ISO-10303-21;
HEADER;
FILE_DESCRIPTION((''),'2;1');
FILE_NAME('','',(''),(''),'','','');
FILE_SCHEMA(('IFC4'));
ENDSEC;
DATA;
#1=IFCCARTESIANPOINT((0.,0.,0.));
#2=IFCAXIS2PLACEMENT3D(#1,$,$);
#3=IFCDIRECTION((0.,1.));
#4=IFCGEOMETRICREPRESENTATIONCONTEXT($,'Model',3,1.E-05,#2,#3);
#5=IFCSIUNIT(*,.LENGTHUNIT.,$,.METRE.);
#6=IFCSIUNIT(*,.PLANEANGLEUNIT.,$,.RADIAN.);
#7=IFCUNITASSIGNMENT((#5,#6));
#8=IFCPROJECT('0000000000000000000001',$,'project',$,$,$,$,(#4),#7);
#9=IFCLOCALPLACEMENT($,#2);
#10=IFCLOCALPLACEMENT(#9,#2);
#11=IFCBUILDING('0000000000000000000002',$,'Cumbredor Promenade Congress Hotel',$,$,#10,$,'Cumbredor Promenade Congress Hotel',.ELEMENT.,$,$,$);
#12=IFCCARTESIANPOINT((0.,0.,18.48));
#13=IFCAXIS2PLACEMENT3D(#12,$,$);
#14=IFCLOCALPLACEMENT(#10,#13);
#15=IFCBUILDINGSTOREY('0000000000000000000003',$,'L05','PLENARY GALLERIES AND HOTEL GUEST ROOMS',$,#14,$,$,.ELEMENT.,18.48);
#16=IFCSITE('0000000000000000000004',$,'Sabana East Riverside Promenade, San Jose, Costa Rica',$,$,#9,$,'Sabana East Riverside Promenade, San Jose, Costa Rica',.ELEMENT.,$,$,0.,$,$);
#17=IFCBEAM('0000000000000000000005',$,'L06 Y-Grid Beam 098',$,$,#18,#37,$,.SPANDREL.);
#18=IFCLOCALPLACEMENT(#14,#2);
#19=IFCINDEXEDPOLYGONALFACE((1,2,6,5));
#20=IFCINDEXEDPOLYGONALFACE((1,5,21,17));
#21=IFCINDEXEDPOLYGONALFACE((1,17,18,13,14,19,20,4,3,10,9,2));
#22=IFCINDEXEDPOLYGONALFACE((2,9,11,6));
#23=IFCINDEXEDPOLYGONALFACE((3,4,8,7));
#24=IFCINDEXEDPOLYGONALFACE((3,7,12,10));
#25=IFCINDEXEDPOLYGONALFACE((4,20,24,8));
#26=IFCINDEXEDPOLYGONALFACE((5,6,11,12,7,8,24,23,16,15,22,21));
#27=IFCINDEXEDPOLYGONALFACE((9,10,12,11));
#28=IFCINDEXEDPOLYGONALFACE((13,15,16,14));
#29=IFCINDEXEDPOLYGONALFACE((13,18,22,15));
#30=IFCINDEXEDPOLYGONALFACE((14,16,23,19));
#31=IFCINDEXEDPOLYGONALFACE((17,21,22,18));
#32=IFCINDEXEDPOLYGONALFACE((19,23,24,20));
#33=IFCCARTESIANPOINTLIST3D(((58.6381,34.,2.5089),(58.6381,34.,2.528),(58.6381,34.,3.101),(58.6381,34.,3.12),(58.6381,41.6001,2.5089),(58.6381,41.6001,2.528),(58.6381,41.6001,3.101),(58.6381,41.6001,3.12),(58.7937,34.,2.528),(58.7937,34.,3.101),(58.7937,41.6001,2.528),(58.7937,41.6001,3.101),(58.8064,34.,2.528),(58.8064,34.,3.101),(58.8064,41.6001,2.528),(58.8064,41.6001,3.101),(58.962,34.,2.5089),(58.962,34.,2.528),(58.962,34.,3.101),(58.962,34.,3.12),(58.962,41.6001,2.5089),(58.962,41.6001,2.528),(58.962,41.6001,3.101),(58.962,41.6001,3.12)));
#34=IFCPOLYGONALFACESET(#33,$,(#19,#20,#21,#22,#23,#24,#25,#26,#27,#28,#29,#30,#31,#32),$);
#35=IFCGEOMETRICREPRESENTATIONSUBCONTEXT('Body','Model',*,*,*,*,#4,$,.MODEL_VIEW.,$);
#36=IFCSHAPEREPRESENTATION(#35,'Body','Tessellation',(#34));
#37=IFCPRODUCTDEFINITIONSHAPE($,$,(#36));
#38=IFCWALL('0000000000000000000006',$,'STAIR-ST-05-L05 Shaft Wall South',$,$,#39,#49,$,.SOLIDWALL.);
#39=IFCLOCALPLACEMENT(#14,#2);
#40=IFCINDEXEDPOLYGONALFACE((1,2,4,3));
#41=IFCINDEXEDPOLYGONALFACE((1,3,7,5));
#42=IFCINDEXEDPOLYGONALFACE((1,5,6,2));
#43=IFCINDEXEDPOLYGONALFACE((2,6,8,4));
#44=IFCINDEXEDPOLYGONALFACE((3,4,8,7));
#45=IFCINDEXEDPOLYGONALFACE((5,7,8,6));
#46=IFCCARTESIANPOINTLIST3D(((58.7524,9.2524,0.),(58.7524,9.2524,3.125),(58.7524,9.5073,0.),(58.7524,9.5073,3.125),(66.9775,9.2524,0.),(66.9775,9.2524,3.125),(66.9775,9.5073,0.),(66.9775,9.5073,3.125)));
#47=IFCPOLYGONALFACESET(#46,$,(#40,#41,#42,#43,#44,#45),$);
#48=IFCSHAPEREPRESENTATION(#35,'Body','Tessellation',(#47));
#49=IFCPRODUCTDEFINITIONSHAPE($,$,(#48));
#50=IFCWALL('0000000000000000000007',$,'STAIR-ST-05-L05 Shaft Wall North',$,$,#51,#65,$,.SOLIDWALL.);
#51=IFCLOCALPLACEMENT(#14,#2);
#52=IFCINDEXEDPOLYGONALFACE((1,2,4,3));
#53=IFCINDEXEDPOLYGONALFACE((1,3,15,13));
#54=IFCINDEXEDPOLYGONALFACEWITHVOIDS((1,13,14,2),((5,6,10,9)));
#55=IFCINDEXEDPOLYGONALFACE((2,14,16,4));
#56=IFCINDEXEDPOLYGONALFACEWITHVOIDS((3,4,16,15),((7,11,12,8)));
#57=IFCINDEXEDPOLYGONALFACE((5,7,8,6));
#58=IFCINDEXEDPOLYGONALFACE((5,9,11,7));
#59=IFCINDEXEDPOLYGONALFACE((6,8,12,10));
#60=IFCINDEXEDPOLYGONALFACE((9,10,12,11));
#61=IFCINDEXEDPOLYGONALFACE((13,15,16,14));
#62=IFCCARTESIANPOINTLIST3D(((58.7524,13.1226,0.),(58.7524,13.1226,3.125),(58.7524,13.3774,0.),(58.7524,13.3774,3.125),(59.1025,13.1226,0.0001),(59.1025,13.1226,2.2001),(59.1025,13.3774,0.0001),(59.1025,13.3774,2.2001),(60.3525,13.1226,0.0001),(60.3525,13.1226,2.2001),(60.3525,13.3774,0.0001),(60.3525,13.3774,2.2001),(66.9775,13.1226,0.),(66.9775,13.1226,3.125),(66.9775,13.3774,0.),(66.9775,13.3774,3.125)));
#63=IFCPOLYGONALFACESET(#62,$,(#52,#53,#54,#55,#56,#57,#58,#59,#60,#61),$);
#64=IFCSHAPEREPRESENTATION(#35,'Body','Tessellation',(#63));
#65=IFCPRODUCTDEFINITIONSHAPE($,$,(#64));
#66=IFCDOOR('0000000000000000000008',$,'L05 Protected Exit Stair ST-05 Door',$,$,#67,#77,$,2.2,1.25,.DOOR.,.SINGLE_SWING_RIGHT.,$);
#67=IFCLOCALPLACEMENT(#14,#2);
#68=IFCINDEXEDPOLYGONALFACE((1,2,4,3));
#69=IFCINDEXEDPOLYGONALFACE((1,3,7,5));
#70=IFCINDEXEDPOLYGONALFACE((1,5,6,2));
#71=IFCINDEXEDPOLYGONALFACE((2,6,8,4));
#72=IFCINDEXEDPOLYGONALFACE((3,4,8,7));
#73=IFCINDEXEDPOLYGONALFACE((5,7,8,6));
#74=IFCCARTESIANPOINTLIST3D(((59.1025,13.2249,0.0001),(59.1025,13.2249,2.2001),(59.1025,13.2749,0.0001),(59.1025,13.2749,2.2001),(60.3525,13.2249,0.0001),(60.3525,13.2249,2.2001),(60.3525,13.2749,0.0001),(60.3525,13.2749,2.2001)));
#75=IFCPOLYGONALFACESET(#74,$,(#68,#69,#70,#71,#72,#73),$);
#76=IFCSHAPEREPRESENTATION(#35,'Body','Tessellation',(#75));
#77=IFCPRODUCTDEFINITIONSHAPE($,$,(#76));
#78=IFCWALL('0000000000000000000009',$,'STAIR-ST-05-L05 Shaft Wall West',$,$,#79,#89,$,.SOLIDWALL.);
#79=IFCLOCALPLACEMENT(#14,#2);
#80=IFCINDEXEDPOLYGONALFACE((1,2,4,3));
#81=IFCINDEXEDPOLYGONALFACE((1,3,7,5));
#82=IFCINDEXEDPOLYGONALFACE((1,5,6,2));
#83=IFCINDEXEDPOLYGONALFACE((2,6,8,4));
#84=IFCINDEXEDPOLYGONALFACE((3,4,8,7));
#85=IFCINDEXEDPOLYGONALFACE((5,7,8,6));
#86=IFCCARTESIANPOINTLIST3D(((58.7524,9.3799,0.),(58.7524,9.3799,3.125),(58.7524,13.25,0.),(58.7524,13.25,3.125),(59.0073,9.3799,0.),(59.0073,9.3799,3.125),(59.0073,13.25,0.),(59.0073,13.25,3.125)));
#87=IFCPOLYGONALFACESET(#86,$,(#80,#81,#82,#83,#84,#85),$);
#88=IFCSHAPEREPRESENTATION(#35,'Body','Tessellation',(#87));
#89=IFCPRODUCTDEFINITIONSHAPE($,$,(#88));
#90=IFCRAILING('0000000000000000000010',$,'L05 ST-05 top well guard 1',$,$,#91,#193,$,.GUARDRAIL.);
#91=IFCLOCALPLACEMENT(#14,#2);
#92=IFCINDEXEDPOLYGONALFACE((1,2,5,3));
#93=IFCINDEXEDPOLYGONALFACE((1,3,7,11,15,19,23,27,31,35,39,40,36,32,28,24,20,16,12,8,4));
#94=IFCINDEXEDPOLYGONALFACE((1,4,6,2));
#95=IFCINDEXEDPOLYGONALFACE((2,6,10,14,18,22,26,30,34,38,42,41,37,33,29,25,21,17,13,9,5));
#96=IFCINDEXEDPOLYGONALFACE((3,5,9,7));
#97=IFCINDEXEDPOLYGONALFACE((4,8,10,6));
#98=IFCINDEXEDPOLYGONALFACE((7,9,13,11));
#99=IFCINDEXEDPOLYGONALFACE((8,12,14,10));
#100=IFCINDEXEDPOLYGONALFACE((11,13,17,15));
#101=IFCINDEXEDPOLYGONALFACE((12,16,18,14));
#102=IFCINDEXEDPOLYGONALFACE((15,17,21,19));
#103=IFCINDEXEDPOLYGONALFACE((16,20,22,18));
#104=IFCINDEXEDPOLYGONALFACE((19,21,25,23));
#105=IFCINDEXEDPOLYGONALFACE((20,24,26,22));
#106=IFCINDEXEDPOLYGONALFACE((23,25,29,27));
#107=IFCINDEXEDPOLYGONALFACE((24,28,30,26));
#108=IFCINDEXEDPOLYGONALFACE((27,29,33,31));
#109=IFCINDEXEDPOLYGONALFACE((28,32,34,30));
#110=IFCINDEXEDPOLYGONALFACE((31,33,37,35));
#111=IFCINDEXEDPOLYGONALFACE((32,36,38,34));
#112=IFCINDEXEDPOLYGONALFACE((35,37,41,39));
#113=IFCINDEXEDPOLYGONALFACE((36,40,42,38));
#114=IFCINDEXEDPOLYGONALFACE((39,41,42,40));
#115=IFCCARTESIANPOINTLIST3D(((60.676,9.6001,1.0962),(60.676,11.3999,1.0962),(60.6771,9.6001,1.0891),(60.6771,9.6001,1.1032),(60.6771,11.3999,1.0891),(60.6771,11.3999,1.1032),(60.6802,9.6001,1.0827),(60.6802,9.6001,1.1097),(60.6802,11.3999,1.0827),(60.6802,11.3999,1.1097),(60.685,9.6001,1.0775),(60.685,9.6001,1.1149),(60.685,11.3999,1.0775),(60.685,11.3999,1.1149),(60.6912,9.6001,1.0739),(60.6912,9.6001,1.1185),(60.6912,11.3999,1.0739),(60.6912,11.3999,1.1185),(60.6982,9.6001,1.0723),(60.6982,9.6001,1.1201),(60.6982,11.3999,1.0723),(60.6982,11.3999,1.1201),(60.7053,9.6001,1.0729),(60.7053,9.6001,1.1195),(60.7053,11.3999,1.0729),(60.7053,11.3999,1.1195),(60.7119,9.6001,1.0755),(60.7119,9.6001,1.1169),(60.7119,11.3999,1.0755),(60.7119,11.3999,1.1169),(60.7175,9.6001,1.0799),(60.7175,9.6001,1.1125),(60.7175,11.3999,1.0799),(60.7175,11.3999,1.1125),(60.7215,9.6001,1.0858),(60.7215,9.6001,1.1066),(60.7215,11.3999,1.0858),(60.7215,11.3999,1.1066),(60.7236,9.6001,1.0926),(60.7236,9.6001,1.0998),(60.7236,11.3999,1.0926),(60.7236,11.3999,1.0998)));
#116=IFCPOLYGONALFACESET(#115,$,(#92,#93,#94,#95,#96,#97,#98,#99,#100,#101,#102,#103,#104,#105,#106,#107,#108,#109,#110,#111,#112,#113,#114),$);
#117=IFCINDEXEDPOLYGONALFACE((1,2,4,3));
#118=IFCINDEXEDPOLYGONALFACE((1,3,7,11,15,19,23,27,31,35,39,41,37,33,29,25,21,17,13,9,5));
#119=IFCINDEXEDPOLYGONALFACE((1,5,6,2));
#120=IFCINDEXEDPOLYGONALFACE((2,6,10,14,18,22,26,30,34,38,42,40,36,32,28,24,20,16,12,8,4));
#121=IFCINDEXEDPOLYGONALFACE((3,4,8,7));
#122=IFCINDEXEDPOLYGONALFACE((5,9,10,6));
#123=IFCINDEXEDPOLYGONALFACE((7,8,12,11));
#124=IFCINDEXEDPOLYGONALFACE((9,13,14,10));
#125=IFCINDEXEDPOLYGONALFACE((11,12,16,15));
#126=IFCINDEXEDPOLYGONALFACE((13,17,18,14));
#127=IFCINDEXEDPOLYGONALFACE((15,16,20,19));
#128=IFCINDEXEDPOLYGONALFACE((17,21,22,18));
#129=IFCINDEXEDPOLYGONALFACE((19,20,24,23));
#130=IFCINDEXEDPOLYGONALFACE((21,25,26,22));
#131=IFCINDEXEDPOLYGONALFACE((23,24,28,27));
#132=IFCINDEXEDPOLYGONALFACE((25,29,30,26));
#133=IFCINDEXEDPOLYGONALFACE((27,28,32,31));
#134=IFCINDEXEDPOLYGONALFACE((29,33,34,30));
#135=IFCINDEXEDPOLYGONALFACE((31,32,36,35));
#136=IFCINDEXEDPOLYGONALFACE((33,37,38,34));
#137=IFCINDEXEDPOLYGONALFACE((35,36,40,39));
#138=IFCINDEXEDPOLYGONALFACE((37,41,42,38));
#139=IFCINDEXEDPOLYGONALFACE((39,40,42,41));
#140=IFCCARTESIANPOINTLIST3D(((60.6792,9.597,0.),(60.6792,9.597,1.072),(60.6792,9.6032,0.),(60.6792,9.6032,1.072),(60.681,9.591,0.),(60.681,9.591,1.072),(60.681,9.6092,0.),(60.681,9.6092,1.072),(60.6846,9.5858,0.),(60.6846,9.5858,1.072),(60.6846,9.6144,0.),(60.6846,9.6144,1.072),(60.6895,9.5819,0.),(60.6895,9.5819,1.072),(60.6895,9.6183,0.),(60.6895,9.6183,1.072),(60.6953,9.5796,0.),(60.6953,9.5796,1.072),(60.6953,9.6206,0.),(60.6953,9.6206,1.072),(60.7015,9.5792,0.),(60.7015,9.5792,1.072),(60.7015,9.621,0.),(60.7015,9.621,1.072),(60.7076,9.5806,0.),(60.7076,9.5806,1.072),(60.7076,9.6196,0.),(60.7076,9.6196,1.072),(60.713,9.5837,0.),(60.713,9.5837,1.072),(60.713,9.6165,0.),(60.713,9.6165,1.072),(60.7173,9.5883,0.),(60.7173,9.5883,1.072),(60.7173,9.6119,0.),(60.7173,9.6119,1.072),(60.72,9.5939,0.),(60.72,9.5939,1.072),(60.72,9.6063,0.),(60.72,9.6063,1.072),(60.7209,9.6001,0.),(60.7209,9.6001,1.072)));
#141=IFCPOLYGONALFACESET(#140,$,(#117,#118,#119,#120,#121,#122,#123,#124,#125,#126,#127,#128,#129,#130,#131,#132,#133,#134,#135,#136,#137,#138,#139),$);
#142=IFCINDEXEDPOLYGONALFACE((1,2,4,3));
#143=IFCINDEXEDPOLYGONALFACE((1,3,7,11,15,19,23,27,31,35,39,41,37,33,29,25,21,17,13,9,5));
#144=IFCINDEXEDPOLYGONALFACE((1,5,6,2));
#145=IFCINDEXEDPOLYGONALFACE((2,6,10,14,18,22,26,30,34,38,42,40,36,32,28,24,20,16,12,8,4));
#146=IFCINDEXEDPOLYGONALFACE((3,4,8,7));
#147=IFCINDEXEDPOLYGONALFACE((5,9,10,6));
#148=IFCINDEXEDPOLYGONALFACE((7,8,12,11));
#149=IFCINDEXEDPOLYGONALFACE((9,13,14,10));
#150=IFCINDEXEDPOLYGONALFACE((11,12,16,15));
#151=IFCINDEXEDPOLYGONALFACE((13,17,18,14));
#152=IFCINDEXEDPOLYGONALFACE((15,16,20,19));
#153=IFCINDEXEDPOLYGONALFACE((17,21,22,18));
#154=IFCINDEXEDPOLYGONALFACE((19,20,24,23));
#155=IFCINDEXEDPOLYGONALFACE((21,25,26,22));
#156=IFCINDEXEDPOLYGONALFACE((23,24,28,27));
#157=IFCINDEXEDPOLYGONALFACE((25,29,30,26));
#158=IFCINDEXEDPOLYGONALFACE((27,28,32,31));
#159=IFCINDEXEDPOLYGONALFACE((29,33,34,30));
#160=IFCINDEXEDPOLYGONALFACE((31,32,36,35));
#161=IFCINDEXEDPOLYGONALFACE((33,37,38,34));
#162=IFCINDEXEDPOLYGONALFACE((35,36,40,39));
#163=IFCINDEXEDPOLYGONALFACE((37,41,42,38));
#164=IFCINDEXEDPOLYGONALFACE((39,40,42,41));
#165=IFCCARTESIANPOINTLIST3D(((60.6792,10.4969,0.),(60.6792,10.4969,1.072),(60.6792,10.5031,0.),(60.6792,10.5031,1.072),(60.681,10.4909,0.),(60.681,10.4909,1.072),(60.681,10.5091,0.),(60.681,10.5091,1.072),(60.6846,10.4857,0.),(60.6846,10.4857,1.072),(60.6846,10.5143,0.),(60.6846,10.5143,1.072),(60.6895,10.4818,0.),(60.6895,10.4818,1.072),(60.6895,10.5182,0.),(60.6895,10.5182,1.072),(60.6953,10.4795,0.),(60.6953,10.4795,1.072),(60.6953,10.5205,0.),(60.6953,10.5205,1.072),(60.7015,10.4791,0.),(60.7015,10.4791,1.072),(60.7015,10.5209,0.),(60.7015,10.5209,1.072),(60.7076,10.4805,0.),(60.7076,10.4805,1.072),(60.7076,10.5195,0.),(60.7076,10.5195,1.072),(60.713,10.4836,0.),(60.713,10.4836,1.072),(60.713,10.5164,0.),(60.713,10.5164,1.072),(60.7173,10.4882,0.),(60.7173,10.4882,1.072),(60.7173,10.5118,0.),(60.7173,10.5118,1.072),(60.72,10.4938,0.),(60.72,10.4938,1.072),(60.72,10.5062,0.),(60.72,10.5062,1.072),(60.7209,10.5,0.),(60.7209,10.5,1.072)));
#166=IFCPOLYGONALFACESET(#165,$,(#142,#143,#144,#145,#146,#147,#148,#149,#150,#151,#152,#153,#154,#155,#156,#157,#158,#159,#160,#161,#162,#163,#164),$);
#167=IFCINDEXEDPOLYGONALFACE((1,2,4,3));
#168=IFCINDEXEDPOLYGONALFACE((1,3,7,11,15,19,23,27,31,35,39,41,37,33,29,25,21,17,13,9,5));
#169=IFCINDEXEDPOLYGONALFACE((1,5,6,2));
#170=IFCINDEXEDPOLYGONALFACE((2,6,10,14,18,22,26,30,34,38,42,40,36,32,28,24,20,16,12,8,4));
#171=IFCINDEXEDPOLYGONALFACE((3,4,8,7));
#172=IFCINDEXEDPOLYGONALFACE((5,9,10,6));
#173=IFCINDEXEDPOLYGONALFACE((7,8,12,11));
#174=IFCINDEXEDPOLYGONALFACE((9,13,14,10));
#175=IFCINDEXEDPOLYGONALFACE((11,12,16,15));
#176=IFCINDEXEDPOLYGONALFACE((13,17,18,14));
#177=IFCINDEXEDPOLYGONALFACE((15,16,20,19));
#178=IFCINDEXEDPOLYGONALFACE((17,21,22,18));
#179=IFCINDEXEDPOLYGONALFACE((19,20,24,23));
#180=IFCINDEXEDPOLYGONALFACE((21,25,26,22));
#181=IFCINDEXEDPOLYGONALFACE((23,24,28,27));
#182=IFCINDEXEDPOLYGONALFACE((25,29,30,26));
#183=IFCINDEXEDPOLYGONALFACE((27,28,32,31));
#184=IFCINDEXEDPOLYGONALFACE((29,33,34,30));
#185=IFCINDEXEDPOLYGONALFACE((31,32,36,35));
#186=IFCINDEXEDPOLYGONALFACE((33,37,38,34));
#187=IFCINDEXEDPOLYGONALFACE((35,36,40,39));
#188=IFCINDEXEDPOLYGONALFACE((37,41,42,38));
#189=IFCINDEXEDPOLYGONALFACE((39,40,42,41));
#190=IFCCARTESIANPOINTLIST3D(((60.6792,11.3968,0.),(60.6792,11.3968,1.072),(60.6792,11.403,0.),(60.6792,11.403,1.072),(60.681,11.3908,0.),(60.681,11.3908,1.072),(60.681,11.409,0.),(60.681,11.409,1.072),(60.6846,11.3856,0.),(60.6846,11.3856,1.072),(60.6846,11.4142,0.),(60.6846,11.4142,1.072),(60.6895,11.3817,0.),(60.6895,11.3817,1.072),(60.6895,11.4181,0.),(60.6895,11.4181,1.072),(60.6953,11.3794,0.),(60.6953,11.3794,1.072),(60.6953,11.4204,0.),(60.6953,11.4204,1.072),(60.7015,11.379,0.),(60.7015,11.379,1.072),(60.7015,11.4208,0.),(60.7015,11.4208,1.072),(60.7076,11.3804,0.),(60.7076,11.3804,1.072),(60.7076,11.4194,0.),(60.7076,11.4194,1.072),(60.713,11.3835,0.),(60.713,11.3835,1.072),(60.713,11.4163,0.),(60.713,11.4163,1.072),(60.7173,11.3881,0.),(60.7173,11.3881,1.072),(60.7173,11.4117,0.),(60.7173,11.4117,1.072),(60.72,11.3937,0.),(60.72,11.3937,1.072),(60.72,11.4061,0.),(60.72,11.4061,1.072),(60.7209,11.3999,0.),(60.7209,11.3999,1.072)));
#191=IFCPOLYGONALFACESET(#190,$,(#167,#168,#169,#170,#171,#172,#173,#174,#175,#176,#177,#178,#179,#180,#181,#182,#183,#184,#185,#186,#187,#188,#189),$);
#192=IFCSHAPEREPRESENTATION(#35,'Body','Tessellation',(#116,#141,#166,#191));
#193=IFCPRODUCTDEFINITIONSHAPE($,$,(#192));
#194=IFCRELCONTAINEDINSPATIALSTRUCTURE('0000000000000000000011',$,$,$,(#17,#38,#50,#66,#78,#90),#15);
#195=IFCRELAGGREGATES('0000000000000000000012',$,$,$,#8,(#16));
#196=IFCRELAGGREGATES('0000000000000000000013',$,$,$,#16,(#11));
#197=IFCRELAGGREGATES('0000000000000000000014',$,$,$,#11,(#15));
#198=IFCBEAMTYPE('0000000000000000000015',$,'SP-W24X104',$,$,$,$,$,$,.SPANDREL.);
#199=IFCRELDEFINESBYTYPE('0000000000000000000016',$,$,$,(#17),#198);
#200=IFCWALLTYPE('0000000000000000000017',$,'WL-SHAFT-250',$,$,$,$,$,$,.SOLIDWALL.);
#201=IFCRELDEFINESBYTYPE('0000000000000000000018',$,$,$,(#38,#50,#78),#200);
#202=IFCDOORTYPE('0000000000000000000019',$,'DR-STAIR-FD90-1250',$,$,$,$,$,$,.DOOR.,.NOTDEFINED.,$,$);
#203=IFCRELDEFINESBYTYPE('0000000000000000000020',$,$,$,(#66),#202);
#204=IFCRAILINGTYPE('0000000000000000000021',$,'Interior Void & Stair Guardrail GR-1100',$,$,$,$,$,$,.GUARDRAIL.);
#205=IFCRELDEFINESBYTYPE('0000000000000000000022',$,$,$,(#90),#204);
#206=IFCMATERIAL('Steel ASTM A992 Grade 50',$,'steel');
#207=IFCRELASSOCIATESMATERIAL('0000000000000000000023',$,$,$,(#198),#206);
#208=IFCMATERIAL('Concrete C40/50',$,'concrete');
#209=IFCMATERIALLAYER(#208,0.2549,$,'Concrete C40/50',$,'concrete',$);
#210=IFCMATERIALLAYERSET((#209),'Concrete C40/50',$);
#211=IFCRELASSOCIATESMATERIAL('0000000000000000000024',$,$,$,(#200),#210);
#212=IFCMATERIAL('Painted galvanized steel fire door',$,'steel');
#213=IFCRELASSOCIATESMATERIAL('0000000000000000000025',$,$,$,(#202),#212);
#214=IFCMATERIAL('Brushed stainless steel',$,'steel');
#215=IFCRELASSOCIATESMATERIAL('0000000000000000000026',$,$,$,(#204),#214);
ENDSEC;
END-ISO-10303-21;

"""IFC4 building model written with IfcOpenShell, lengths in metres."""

from ifc_helpers import new_model, si_unit, direction, frame, frame_2d, origin, origin_2d, place, context, subcontext, project, spatial, rectangle, circle, i_section, extrude, material, layer, layer_set, material_profile, profile_set, type_object, element, fill, save


model = new_model("IFC4")

# Units and contexts
model_context = context("Model", 3, precision=1e-05, world=origin(), true_north=direction((0.0, 1.0)))
body_context = subcontext(model_context, "Body", "Model", "MODEL_VIEW")
ifc_project = project(units=[si_unit("LENGTHUNIT", "METRE"), si_unit("PLANEANGLEUNIT", "RADIAN")], contexts=[model_context])

# Site, building, storey
site_placement = place(None, origin())
site = spatial("IfcSite", under=ifc_project, at=site_placement, Name="Sabana East Riverside Promenade, San Jose, Costa Rica", LongName="Sabana East Riverside Promenade, San Jose, Costa Rica", CompositionType="ELEMENT", RefElevation=0.0)
building_placement = place(site_placement, origin())
building = spatial("IfcBuilding", under=site, at=building_placement, Name="Cumbredor Promenade Congress Hotel", LongName="Cumbredor Promenade Congress Hotel", CompositionType="ELEMENT")
storey_placement = place(building_placement, frame((0.0, 0.0, 18.48)))
storey = spatial("IfcBuildingStorey", under=building, at=storey_placement, Name="L05", Description="PLENARY GALLERIES AND HOTEL GUEST ROOMS", CompositionType="ELEMENT", Elevation=18.48)

# Beam
ifc_material_1 = material(Name="Concrete C40/50", Category="concrete")
ifc_material_2 = material(Name="Steel ASTM A992 Grade 50", Category="steel")
ifc_material_profile_1 = material_profile(ifc_material_2, i_section(OverallWidth=0.324, OverallDepth=0.6111, WebThickness=0.0127, FlangeThickness=0.019, at=origin_2d()), Name="W24X104")
ifc_profile_set_1 = profile_set([ifc_material_profile_1], Name="Steel ASTM A992 Grade 50")
beam_type_1 = type_object("IfcBeamType", Name="SP-W24X104", PredefinedType="SPANDREL", material=ifc_profile_set_1)
beam_1_placement = place(storey_placement, frame((58.8, 34.0, 2.8145), z_axis=(0.0, 1.0, 0.0), x_axis=(-1.0, 0.0, 0.0)))
element("IfcBeam", 1, at=beam_1_placement, inside=storey, type_object=beam_type_1, Name="L06 Y-Grid Beam 098", PredefinedType="SPANDREL", context=body_context, shape_type="SweptSolid", body=[
    extrude(i_section(OverallWidth=0.324, OverallDepth=0.6111, WebThickness=0.0127, FlangeThickness=0.019, at=origin_2d()), origin(), (0.0, 0.0, 1.0), 7.6001),
])

# Wall
ifc_layer = layer(ifc_material_1, 0.2549, Name="Concrete C40/50", Category="concrete")
ifc_layer_set = layer_set([ifc_layer], Name="Concrete C40/50")
wall_type = type_object("IfcWallType", Name="WL-SHAFT-250", PredefinedType="SOLIDWALL", material=ifc_layer_set)
wall_1_placement = place(storey_placement, frame((58.7524, 9.3799, 0.0), z_axis=(0.0, 0.0, 1.0), x_axis=(1.0, 0.0, 0.0)))
element("IfcWall", 2, at=wall_1_placement, inside=storey, type_object=wall_type, Name="STAIR-ST-05-L05 Shaft Wall South", PredefinedType="SOLIDWALL", context=body_context, shape_type="SweptSolid", body=[
    extrude(rectangle(XDim=8.2251, YDim=0.2549, at=frame_2d((4.1125, 0.0))), origin(), (0.0, 0.0, 1.0), 3.125),
])

# Wall, opening, door
wall_2_placement = place(storey_placement, frame((58.7524, 13.25, 0.0), z_axis=(0.0, 0.0, 1.0), x_axis=(1.0, 0.0, 0.0)))
wall_2 = element("IfcWall", 3, at=wall_2_placement, inside=storey, type_object=wall_type, Name="STAIR-ST-05-L05 Shaft Wall North", PredefinedType="SOLIDWALL", context=body_context, shape_type="SweptSolid", body=[
    extrude(rectangle(XDim=8.2251, YDim=0.2549, at=frame_2d((4.1125, 0.0))), origin(), (0.0, 0.0, 1.0), 3.125),
])
opening_placement = place(wall_2_placement, frame((0.3501, 0.0, 0.0)))
opening = element("IfcOpeningElement", 4, at=opening_placement, cuts=wall_2, PredefinedType="OPENING", context=body_context, shape_type="SweptSolid", body=[
    extrude(rectangle(XDim=1.25, YDim=2.2, at=frame_2d((0.625, 1.1001))), frame((0.0, 0.1375, 0.0), z_axis=(0.0, -1.0, 0.0), x_axis=(1.0, 0.0, 0.0)), (0.0, 0.0, 1.0), 0.2749),
])
ifc_material_3 = material(Name="Painted galvanized steel fire door", Category="steel")
door_type = type_object("IfcDoorType", Name="DR-STAIR-FD90-1250", OperationType="NOTDEFINED", PredefinedType="DOOR", material=ifc_material_3)
door_placement = place(opening_placement, origin())
door = element("IfcDoor", 5, at=door_placement, inside=storey, type_object=door_type, Name="L05 Protected Exit Stair ST-05 Door", OperationType="SINGLE_SWING_RIGHT", OverallHeight=2.2, OverallWidth=1.25, PredefinedType="DOOR", context=body_context, shape_type="SweptSolid", body=[
    extrude(rectangle(XDim=1.25, YDim=2.2, at=frame_2d((0.625, 1.1001))), frame((0.0, 0.0249, 0.0), z_axis=(0.0, -1.0, 0.0), x_axis=(1.0, 0.0, 0.0)), (0.0, 0.0, 1.0), 0.05),
])
fill(opening, door)

# Wall
wall_3_placement = place(storey_placement, frame((58.8799, 9.3799, 0.0), z_axis=(0.0, 0.0, 1.0), x_axis=(0.0, 1.0, 0.0)))
element("IfcWall", 6, at=wall_3_placement, inside=storey, type_object=wall_type, Name="STAIR-ST-05-L05 Shaft Wall West", PredefinedType="SOLIDWALL", context=body_context, shape_type="SweptSolid", body=[
    extrude(rectangle(XDim=3.8701, YDim=0.2549, at=frame_2d((1.9351, 0.0))), origin(), (0.0, 0.0, 1.0), 3.125),
])

# Railing
ifc_material_4 = material(Name="Brushed stainless steel", Category="steel")
railing_type = type_object("IfcRailingType", Name="Interior Void & Stair Guardrail GR-1100", PredefinedType="GUARDRAIL", material=ifc_material_4)
railing_1_placement = place(storey_placement, frame((60.7, 9.6001, 0.0)))
element("IfcRailing", 7, at=railing_1_placement, inside=storey, type_object=railing_type, Name="L05 ST-05 top well guard 1", PredefinedType="GUARDRAIL", context=body_context, shape_type="SweptSolid", body=[
    extrude(circle(Radius=0.0239, at=origin_2d()), frame((0.0, 0.0, 1.0962), z_axis=(0.0, 1.0, 0.0), x_axis=(-1.0, 0.0, 0.0)), (0.0, 0.0, 1.0), 1.7998),
    extrude(circle(Radius=0.021, at=origin_2d()), origin(), (0.0, 0.0, 1.0), 1.072),
    extrude(circle(Radius=0.021, at=origin_2d()), frame((0.0, 0.8999, 0.0)), (0.0, 0.0, 1.0), 1.072),
    extrude(circle(Radius=0.021, at=origin_2d()), frame((0.0, 1.7998, 0.0)), (0.0, 0.0, 1.0), 1.072),
])

save(model, "model.ifc")
